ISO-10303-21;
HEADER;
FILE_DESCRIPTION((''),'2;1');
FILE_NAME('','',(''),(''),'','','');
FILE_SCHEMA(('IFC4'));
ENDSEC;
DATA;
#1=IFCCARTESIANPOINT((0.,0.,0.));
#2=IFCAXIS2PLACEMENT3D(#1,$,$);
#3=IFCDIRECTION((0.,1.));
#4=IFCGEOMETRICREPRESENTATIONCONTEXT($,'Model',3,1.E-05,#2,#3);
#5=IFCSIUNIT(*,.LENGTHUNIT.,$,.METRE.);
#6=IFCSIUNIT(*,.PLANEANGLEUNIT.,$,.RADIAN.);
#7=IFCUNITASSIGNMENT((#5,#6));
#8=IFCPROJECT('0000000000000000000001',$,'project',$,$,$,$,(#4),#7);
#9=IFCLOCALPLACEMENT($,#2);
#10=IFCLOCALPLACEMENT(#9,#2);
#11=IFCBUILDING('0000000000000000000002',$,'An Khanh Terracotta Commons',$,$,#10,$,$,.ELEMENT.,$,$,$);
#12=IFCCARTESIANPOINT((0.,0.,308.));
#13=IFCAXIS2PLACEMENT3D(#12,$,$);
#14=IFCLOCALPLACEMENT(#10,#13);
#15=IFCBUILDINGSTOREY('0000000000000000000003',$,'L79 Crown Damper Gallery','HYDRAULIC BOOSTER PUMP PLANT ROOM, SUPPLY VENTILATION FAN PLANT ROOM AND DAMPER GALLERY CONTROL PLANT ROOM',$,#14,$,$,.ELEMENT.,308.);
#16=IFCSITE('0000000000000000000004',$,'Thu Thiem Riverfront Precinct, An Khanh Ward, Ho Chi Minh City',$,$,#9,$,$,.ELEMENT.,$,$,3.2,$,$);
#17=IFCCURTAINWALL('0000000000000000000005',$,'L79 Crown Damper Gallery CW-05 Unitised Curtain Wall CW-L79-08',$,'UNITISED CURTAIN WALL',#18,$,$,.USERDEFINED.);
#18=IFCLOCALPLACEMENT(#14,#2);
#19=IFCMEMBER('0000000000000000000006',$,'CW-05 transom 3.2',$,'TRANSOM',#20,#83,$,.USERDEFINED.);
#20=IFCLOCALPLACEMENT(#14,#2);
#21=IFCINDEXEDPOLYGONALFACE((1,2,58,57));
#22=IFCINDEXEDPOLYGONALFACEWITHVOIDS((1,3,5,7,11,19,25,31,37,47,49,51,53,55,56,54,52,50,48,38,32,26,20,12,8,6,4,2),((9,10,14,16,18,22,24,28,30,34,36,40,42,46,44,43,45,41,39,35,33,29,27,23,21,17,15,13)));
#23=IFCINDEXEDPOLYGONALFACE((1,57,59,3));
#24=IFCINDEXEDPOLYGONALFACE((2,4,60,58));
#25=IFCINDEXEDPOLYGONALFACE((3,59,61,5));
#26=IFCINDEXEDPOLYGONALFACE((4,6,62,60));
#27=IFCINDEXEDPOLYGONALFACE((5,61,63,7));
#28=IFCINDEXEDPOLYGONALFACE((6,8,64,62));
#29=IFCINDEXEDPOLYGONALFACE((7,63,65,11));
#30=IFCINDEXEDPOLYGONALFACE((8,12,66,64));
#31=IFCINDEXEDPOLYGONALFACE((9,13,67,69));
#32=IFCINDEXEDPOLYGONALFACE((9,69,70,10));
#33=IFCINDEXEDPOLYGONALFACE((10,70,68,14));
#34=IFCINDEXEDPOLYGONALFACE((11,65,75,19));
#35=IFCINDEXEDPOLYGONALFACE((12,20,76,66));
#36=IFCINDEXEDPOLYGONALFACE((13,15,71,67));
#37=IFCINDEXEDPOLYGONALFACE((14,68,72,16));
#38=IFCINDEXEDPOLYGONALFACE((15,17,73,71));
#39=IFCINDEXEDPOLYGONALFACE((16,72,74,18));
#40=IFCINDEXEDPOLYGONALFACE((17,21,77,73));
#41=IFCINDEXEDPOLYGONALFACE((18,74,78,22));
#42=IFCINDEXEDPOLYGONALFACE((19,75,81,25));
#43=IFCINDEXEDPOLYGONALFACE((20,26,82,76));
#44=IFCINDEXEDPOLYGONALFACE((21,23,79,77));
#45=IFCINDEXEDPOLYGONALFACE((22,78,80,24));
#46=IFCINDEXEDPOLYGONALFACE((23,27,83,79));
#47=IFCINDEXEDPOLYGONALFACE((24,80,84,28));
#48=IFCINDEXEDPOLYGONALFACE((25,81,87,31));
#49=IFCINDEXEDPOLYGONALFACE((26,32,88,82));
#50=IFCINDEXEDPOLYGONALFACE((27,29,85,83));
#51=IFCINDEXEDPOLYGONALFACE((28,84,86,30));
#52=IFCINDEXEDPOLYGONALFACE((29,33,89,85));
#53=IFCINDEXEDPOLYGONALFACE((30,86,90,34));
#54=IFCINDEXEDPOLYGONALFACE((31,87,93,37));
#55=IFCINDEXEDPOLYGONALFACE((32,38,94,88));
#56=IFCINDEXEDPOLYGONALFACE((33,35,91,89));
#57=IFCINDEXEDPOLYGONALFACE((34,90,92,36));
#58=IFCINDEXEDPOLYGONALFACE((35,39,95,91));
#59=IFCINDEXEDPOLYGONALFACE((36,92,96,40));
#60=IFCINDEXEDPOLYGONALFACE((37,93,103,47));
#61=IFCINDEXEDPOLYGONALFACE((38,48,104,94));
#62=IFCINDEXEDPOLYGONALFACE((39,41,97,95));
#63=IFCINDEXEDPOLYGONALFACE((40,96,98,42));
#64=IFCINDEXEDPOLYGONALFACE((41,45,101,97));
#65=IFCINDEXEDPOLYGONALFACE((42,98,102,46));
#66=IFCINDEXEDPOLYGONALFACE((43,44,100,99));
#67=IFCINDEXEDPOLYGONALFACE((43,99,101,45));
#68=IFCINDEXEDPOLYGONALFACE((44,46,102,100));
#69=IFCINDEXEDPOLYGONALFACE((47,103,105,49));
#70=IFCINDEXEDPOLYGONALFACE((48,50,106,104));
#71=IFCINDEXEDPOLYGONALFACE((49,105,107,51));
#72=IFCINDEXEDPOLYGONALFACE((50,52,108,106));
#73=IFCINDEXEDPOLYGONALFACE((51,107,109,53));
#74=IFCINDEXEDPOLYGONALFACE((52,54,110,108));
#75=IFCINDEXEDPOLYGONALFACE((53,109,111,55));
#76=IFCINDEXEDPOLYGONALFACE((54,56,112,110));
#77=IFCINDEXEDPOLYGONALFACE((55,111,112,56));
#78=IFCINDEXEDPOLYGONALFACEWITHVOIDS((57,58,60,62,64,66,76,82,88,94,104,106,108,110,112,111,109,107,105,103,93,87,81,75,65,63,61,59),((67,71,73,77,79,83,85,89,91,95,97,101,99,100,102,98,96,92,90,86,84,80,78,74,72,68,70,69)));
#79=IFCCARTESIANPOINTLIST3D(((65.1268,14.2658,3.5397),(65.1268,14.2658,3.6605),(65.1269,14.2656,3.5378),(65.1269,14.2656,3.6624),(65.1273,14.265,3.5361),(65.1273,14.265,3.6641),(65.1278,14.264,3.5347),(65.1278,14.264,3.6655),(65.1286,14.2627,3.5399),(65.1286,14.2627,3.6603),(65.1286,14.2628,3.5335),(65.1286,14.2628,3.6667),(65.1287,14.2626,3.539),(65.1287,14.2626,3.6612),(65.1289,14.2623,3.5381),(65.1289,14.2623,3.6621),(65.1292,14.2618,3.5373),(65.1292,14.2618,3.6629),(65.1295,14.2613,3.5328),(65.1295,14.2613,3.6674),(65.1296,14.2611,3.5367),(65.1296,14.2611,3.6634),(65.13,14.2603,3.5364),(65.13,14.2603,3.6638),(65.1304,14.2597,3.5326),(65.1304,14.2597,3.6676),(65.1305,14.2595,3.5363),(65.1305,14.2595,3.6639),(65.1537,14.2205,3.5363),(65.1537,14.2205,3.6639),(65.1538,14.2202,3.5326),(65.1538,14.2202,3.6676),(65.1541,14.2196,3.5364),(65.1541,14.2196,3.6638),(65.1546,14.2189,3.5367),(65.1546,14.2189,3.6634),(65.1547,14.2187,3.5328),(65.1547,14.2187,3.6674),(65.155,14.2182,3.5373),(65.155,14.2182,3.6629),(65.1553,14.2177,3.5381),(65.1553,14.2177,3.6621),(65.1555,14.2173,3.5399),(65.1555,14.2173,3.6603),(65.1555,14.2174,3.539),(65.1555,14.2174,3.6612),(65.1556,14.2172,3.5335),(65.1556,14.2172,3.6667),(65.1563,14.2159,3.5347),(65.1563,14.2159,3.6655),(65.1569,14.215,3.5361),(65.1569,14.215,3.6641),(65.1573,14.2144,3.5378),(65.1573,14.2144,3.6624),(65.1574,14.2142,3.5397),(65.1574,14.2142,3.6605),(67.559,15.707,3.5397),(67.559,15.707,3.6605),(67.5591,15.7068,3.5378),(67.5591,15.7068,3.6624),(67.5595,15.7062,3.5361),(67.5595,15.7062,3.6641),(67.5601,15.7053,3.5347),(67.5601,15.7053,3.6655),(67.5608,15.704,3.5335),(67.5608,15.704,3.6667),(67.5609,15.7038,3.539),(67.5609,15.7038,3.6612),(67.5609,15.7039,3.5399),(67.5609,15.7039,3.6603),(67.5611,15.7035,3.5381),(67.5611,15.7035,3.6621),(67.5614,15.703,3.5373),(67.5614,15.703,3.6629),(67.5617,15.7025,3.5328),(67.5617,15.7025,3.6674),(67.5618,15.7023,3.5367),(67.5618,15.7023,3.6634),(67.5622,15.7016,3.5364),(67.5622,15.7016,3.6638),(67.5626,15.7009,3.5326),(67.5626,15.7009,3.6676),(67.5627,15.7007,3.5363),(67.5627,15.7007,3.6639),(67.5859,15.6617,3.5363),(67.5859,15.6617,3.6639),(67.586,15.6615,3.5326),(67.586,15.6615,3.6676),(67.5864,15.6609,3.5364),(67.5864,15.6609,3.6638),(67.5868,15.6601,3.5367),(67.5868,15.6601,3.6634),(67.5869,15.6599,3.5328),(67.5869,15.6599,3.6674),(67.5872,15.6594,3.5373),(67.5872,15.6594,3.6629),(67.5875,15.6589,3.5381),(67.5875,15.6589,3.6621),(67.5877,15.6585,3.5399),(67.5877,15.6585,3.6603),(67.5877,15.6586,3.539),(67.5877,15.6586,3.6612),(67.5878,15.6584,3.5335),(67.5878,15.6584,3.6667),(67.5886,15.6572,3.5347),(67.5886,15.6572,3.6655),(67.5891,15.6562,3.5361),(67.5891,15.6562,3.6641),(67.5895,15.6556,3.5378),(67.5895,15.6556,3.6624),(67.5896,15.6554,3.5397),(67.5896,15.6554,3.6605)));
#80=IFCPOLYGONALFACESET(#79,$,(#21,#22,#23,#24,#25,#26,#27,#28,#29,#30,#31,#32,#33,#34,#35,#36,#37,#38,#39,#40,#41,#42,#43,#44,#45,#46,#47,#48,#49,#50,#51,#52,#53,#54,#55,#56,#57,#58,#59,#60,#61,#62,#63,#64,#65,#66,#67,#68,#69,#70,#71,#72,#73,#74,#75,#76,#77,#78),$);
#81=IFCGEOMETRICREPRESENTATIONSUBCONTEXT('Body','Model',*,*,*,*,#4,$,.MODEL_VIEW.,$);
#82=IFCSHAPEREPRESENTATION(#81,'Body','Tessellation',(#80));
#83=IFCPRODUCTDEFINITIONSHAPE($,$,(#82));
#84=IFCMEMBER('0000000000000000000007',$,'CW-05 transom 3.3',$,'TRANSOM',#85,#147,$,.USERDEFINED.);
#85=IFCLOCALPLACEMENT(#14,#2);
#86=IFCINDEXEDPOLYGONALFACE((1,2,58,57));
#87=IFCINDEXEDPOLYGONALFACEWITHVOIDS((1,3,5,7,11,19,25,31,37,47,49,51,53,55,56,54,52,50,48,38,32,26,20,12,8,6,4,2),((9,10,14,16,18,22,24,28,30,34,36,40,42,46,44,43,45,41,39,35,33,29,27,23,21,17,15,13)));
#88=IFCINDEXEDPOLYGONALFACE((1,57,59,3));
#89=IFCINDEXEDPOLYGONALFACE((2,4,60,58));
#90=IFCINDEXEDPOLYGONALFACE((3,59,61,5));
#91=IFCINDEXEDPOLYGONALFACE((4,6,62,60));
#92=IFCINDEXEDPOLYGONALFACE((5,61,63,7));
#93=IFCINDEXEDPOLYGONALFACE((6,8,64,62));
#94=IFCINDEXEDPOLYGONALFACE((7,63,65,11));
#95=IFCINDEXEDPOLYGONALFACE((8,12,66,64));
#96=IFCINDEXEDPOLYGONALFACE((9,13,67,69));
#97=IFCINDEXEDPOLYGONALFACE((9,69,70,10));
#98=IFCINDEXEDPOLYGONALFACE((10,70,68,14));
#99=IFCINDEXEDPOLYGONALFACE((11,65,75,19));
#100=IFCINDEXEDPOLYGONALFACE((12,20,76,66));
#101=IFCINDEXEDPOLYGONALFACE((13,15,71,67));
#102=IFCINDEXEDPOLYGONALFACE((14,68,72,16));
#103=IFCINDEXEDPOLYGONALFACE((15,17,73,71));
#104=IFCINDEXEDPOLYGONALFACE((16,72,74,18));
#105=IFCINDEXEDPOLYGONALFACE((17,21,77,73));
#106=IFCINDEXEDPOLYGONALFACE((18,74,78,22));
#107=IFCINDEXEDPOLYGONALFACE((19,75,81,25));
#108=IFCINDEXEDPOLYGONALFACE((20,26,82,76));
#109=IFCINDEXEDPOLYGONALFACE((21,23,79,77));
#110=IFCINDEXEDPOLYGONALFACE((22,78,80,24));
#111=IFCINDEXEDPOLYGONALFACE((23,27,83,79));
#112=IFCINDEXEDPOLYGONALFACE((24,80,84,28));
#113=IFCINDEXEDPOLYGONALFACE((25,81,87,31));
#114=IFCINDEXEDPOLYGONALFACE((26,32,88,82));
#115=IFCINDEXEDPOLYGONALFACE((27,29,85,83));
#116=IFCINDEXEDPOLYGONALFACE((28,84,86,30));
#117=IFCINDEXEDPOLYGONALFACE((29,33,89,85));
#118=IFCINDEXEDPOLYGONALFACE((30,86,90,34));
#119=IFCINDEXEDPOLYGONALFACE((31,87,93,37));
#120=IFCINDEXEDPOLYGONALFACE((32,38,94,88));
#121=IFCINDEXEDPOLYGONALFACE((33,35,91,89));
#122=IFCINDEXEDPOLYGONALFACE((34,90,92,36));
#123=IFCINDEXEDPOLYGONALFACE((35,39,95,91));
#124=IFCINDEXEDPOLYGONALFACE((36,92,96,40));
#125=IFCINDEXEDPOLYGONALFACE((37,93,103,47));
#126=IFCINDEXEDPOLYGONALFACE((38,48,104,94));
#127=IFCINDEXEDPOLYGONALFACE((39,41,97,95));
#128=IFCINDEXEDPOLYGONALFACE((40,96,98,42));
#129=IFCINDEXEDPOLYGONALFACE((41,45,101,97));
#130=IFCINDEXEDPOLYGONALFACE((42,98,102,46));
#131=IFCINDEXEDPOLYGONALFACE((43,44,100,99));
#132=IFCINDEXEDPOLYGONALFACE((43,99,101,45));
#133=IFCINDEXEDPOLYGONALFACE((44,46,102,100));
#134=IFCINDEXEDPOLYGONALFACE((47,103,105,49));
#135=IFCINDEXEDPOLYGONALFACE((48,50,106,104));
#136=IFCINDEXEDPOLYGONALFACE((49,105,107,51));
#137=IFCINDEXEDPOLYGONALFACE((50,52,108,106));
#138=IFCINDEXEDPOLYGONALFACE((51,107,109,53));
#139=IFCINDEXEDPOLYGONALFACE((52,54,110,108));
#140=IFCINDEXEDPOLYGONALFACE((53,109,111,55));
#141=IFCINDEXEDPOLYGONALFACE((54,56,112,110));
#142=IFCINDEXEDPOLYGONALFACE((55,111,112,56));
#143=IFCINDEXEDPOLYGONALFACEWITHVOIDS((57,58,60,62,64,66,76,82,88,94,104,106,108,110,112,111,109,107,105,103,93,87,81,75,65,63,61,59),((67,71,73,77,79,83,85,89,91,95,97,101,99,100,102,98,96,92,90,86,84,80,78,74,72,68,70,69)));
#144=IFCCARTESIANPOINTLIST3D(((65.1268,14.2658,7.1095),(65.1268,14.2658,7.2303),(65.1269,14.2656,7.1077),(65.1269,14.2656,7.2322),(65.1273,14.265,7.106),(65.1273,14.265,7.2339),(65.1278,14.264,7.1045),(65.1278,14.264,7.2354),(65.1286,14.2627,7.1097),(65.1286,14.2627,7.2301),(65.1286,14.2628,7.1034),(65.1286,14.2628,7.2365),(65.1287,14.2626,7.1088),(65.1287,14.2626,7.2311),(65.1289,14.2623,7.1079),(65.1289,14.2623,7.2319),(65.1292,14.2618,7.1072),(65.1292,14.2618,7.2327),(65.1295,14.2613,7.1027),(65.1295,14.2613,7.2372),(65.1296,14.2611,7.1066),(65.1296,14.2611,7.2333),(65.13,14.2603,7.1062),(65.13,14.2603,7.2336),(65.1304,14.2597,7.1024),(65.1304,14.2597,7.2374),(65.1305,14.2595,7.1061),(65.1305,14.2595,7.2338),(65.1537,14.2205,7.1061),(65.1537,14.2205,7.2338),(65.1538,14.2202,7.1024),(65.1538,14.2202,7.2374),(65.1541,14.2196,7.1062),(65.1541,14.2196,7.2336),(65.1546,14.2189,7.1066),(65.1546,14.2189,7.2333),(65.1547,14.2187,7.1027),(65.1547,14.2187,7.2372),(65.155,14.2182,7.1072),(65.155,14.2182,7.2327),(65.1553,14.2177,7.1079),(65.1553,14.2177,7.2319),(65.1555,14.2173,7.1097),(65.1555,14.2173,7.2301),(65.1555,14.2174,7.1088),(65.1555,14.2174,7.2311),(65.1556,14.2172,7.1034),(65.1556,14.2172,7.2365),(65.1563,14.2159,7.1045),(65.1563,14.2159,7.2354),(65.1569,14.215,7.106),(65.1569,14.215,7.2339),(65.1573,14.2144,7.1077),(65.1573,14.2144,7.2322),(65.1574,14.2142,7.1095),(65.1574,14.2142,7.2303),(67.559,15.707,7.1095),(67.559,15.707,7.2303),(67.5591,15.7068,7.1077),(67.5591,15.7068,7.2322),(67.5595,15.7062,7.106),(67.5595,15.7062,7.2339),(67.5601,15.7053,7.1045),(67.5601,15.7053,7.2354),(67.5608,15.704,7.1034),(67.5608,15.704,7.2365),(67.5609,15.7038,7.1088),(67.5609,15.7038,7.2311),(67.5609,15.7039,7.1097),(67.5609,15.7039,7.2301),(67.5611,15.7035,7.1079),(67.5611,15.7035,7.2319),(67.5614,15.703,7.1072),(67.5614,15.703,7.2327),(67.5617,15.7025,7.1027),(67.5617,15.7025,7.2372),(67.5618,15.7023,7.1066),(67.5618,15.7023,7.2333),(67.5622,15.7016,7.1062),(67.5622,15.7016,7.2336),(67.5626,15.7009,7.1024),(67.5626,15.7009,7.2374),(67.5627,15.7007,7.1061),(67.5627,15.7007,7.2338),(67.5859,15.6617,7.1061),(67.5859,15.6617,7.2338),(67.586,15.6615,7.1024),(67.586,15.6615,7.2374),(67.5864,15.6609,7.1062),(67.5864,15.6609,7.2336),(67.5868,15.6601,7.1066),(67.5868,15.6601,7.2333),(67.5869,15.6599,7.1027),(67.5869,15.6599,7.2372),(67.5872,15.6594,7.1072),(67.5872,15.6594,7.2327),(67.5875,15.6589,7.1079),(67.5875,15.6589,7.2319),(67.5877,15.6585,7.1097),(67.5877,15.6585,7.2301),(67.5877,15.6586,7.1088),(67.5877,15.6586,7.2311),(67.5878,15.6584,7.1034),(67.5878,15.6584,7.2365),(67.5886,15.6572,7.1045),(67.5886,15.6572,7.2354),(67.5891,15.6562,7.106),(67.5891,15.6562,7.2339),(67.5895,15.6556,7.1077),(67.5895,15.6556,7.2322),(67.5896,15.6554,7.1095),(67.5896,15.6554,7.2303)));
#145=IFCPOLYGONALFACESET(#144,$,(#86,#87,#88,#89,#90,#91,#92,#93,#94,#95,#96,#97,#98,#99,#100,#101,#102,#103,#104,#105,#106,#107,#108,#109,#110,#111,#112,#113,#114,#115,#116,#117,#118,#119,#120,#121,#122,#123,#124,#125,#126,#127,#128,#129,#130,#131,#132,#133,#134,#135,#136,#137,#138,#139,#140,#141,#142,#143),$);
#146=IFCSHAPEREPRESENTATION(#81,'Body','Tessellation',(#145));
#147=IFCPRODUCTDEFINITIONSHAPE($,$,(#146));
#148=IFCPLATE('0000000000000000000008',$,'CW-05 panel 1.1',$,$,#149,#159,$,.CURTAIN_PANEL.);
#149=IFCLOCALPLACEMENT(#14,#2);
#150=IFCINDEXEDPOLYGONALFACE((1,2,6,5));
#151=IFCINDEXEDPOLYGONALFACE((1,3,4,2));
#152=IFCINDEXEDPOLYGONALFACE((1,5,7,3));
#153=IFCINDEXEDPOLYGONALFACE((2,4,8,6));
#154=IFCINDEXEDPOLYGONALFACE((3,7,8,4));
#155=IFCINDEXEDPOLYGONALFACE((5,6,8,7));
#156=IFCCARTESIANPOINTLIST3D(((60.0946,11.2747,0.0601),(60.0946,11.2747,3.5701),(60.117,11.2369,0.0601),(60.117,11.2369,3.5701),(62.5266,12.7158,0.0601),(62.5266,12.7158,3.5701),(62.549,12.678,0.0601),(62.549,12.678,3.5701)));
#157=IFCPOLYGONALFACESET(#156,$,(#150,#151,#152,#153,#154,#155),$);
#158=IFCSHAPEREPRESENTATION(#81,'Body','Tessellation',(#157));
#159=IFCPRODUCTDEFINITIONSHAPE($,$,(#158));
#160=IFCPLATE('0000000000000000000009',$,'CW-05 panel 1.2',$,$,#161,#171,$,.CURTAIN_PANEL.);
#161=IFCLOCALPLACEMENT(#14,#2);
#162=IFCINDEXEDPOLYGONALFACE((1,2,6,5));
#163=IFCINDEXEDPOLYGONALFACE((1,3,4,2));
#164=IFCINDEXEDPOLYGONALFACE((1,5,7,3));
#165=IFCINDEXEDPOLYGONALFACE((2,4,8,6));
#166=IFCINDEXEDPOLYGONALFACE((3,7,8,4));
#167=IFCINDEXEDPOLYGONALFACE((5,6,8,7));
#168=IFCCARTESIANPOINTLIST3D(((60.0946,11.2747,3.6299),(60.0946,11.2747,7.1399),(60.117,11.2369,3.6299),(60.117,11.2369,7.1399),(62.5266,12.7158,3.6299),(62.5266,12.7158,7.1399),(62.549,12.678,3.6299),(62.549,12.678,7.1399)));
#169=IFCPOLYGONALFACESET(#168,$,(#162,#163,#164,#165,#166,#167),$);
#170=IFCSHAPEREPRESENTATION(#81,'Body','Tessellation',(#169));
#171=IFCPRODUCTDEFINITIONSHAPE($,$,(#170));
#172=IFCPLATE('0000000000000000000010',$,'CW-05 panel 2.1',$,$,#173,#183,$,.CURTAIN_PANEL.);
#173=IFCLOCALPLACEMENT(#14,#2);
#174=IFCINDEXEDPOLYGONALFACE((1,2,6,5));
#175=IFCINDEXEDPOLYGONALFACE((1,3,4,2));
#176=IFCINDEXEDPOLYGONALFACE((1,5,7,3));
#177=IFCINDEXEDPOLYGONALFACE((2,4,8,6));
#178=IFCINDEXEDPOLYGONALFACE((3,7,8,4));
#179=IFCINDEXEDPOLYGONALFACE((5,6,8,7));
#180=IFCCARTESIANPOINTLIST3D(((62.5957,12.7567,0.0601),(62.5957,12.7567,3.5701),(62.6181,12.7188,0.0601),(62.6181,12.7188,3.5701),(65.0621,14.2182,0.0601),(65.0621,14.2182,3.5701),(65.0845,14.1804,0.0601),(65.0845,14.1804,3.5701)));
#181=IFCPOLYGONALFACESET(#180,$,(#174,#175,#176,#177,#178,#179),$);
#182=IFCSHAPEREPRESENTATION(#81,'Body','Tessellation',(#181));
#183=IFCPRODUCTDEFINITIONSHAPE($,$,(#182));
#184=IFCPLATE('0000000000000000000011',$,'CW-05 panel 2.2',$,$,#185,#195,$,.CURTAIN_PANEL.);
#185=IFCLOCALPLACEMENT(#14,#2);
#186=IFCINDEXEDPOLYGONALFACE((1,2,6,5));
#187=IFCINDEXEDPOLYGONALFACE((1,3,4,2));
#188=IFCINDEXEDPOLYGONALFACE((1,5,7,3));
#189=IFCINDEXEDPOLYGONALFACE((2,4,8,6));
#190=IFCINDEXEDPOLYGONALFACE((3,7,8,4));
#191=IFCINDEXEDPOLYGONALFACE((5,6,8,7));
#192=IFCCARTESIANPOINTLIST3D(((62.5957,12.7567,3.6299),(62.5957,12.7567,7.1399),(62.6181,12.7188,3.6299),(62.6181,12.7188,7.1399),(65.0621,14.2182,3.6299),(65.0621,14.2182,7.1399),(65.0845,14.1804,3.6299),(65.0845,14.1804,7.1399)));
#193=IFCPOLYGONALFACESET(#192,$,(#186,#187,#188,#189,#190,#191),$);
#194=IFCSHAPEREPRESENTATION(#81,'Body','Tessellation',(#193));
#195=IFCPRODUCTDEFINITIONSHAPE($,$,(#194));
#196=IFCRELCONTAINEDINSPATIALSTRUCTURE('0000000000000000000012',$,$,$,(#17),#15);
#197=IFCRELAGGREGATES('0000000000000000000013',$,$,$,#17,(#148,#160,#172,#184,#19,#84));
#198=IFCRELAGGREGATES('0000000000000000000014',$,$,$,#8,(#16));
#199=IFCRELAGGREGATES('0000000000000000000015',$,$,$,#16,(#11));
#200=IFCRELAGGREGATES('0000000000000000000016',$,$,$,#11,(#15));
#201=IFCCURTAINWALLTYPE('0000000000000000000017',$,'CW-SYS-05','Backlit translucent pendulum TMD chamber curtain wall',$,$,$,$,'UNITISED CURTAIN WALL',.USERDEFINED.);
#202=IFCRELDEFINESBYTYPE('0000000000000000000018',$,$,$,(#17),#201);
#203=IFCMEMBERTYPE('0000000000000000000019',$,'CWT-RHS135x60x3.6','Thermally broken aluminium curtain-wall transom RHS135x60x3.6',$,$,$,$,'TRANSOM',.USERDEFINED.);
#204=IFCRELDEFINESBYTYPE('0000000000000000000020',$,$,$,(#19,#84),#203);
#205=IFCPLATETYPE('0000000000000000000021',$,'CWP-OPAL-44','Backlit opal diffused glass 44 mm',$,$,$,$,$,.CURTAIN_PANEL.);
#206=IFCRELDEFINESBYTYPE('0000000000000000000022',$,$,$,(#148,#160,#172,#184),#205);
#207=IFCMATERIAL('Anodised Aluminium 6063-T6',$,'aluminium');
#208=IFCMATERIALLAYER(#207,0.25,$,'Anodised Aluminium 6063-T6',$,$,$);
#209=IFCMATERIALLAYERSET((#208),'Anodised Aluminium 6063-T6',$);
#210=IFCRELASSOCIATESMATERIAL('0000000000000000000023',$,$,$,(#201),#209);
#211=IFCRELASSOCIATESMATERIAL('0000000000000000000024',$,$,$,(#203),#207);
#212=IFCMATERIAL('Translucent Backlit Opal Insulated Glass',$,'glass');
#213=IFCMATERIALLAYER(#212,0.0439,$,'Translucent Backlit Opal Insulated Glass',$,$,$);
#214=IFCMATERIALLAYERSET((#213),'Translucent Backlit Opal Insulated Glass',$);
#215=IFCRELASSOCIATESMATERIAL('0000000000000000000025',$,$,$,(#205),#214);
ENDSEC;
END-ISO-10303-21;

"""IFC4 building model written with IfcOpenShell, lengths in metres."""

from ifc_helpers import new_model, si_unit, direction, frame, origin, origin_2d, place, context, subcontext, project, spatial, rectangle, hollow_rectangle, extrude, material, layer, layer_set, material_profile, profile_set, type_object, element, aggregate, save


model = new_model("IFC4")

# Units and contexts
model_context = context("Model", 3, precision=1e-05, world=origin(), true_north=direction((0.0, 1.0)))
body_context = subcontext(model_context, "Body", "Model", "MODEL_VIEW")
ifc_project = project(units=[si_unit("LENGTHUNIT", "METRE"), si_unit("PLANEANGLEUNIT", "RADIAN")], contexts=[model_context])

# Site, building, storey
site_placement = place(None, origin())
site = spatial("IfcSite", under=ifc_project, at=site_placement, Name="Thu Thiem Riverfront Precinct, An Khanh Ward, Ho Chi Minh City", CompositionType="ELEMENT", RefElevation=3.2)
building_placement = place(site_placement, origin())
building = spatial("IfcBuilding", under=site, at=building_placement, Name="An Khanh Terracotta Commons", CompositionType="ELEMENT")
storey_placement = place(building_placement, frame((0.0, 0.0, 308.0)))
storey = spatial("IfcBuildingStorey", under=building, at=storey_placement, Name="L79 Crown Damper Gallery", Description="HYDRAULIC BOOSTER PUMP PLANT ROOM, SUPPLY VENTILATION FAN PLANT ROOM AND DAMPER GALLERY CONTROL PLANT ROOM", CompositionType="ELEMENT", Elevation=308.0)

# Curtain wall, members, plates
ifc_material_1 = material(Name="Anodised Aluminium 6063-T6", Category="aluminium")
ifc_layer_1 = layer(ifc_material_1, 0.25, Name="Anodised Aluminium 6063-T6")
ifc_layer_set_1 = layer_set([ifc_layer_1], Name="Anodised Aluminium 6063-T6")
curtain_wall_type = type_object("IfcCurtainWallType", Name="CW-SYS-05", Description="Backlit translucent pendulum TMD chamber curtain wall", ElementType="UNITISED CURTAIN WALL", PredefinedType="USERDEFINED", material=ifc_layer_set_1)
curtain_wall_placement = place(storey_placement, origin())
curtain_wall = element("IfcCurtainWall", 1, at=curtain_wall_placement, inside=storey, type_object=curtain_wall_type, Name="L79 Crown Damper Gallery CW-05 Unitised Curtain Wall CW-L79-08", ObjectType="UNITISED CURTAIN WALL", PredefinedType="USERDEFINED")
ifc_material_profile_1 = material_profile(ifc_material_1, hollow_rectangle(XDim=0.0601, YDim=0.135, WallThickness=0.0037, InnerFilletRadius=0.0037, OuterFilletRadius=0.0071, at=origin_2d()), Name="RHS135x60x3.6")
ifc_profile_set_1 = profile_set([ifc_material_profile_1], Name="Anodised Aluminium 6063-T6")
member_type_1 = type_object("IfcMemberType", Name="CWT-RHS135x60x3.6", Description="Thermally broken aluminium curtain-wall transom RHS135x60x3.6", ElementType="TRANSOM", PredefinedType="USERDEFINED", material=ifc_profile_set_1)
member_1_placement = place(storey_placement, frame((65.1421, 14.24, 3.6001), z_axis=(0.860307, 0.509776, 0.0), x_axis=(-0.509776, 0.860307, 0.0)))
member_1 = element("IfcMember", 2, at=member_1_placement, type_object=member_type_1, Name="CW-05 transom 3.2", ObjectType="TRANSOM", PredefinedType="USERDEFINED", context=body_context, shape_type="SweptSolid", body=[
    extrude(hollow_rectangle(XDim=0.0601, YDim=0.135, WallThickness=0.0037, InnerFilletRadius=0.0037, OuterFilletRadius=0.0071, at=origin_2d()), origin(), (0.0, 0.0, 1.0), 2.8271),
])
member_2_placement = place(storey_placement, frame((65.1421, 14.24, 7.1699), z_axis=(0.860307, 0.509776, 0.0), x_axis=(-0.509776, 0.860307, 0.0)))
member_2 = element("IfcMember", 3, at=member_2_placement, type_object=member_type_1, Name="CW-05 transom 3.3", ObjectType="TRANSOM", PredefinedType="USERDEFINED", context=body_context, shape_type="SweptSolid", body=[
    extrude(hollow_rectangle(XDim=0.0601, YDim=0.135, WallThickness=0.0037, InnerFilletRadius=0.0037, OuterFilletRadius=0.0071, at=origin_2d()), origin(), (0.0, 0.0, 1.0), 2.8271),
])
ifc_material_2 = material(Name="Translucent Backlit Opal Insulated Glass", Category="glass")
ifc_layer_2 = layer(ifc_material_2, 0.0439, Name="Translucent Backlit Opal Insulated Glass")
ifc_layer_set_2 = layer_set([ifc_layer_2], Name="Translucent Backlit Opal Insulated Glass")
plate_type = type_object("IfcPlateType", Name="CWP-OPAL-44", Description="Backlit opal diffused glass 44 mm", PredefinedType="CURTAIN_PANEL", material=ifc_layer_set_2)
plate_1_placement = place(storey_placement, frame((61.3218, 11.9763, 0.0601), z_axis=(0.0, 0.0, 1.0), x_axis=(0.860304, 0.509781, 0.0)))
plate_1 = element("IfcPlate", 4, at=plate_1_placement, type_object=plate_type, Name="CW-05 panel 1.1", PredefinedType="CURTAIN_PANEL", context=body_context, shape_type="SweptSolid", body=[
    extrude(rectangle(XDim=2.8269, YDim=0.0439, at=origin_2d()), origin(), (0.0, 0.0, 1.0), 3.51),
])
plate_2_placement = place(storey_placement, frame((61.3218, 11.9763, 3.6299), z_axis=(0.0, 0.0, 1.0), x_axis=(0.860304, 0.509781, 0.0)))
plate_2 = element("IfcPlate", 5, at=plate_2_placement, type_object=plate_type, Name="CW-05 panel 1.2", PredefinedType="CURTAIN_PANEL", context=body_context, shape_type="SweptSolid", body=[
    extrude(rectangle(XDim=2.8269, YDim=0.0439, at=origin_2d()), origin(), (0.0, 0.0, 1.0), 3.51),
])
plate_3_placement = place(storey_placement, frame((63.8401, 13.4685, 0.0601), z_axis=(0.0, 0.0, 1.0), x_axis=(0.860304, 0.509781, 0.0)))
plate_3 = element("IfcPlate", 6, at=plate_3_placement, type_object=plate_type, Name="CW-05 panel 2.1", PredefinedType="CURTAIN_PANEL", context=body_context, shape_type="SweptSolid", body=[
    extrude(rectangle(XDim=2.8669, YDim=0.0439, at=origin_2d()), origin(), (0.0, 0.0, 1.0), 3.51),
])
plate_4_placement = place(storey_placement, frame((63.8401, 13.4685, 3.6299), z_axis=(0.0, 0.0, 1.0), x_axis=(0.860304, 0.509781, 0.0)))
plate_4 = element("IfcPlate", 7, at=plate_4_placement, type_object=plate_type, Name="CW-05 panel 2.2", PredefinedType="CURTAIN_PANEL", context=body_context, shape_type="SweptSolid", body=[
    extrude(rectangle(XDim=2.8669, YDim=0.0439, at=origin_2d()), origin(), (0.0, 0.0, 1.0), 3.51),
])
aggregate(curtain_wall, [plate_1, plate_2, plate_3, plate_4, member_1, member_2])

save(model, "model.ifc")
